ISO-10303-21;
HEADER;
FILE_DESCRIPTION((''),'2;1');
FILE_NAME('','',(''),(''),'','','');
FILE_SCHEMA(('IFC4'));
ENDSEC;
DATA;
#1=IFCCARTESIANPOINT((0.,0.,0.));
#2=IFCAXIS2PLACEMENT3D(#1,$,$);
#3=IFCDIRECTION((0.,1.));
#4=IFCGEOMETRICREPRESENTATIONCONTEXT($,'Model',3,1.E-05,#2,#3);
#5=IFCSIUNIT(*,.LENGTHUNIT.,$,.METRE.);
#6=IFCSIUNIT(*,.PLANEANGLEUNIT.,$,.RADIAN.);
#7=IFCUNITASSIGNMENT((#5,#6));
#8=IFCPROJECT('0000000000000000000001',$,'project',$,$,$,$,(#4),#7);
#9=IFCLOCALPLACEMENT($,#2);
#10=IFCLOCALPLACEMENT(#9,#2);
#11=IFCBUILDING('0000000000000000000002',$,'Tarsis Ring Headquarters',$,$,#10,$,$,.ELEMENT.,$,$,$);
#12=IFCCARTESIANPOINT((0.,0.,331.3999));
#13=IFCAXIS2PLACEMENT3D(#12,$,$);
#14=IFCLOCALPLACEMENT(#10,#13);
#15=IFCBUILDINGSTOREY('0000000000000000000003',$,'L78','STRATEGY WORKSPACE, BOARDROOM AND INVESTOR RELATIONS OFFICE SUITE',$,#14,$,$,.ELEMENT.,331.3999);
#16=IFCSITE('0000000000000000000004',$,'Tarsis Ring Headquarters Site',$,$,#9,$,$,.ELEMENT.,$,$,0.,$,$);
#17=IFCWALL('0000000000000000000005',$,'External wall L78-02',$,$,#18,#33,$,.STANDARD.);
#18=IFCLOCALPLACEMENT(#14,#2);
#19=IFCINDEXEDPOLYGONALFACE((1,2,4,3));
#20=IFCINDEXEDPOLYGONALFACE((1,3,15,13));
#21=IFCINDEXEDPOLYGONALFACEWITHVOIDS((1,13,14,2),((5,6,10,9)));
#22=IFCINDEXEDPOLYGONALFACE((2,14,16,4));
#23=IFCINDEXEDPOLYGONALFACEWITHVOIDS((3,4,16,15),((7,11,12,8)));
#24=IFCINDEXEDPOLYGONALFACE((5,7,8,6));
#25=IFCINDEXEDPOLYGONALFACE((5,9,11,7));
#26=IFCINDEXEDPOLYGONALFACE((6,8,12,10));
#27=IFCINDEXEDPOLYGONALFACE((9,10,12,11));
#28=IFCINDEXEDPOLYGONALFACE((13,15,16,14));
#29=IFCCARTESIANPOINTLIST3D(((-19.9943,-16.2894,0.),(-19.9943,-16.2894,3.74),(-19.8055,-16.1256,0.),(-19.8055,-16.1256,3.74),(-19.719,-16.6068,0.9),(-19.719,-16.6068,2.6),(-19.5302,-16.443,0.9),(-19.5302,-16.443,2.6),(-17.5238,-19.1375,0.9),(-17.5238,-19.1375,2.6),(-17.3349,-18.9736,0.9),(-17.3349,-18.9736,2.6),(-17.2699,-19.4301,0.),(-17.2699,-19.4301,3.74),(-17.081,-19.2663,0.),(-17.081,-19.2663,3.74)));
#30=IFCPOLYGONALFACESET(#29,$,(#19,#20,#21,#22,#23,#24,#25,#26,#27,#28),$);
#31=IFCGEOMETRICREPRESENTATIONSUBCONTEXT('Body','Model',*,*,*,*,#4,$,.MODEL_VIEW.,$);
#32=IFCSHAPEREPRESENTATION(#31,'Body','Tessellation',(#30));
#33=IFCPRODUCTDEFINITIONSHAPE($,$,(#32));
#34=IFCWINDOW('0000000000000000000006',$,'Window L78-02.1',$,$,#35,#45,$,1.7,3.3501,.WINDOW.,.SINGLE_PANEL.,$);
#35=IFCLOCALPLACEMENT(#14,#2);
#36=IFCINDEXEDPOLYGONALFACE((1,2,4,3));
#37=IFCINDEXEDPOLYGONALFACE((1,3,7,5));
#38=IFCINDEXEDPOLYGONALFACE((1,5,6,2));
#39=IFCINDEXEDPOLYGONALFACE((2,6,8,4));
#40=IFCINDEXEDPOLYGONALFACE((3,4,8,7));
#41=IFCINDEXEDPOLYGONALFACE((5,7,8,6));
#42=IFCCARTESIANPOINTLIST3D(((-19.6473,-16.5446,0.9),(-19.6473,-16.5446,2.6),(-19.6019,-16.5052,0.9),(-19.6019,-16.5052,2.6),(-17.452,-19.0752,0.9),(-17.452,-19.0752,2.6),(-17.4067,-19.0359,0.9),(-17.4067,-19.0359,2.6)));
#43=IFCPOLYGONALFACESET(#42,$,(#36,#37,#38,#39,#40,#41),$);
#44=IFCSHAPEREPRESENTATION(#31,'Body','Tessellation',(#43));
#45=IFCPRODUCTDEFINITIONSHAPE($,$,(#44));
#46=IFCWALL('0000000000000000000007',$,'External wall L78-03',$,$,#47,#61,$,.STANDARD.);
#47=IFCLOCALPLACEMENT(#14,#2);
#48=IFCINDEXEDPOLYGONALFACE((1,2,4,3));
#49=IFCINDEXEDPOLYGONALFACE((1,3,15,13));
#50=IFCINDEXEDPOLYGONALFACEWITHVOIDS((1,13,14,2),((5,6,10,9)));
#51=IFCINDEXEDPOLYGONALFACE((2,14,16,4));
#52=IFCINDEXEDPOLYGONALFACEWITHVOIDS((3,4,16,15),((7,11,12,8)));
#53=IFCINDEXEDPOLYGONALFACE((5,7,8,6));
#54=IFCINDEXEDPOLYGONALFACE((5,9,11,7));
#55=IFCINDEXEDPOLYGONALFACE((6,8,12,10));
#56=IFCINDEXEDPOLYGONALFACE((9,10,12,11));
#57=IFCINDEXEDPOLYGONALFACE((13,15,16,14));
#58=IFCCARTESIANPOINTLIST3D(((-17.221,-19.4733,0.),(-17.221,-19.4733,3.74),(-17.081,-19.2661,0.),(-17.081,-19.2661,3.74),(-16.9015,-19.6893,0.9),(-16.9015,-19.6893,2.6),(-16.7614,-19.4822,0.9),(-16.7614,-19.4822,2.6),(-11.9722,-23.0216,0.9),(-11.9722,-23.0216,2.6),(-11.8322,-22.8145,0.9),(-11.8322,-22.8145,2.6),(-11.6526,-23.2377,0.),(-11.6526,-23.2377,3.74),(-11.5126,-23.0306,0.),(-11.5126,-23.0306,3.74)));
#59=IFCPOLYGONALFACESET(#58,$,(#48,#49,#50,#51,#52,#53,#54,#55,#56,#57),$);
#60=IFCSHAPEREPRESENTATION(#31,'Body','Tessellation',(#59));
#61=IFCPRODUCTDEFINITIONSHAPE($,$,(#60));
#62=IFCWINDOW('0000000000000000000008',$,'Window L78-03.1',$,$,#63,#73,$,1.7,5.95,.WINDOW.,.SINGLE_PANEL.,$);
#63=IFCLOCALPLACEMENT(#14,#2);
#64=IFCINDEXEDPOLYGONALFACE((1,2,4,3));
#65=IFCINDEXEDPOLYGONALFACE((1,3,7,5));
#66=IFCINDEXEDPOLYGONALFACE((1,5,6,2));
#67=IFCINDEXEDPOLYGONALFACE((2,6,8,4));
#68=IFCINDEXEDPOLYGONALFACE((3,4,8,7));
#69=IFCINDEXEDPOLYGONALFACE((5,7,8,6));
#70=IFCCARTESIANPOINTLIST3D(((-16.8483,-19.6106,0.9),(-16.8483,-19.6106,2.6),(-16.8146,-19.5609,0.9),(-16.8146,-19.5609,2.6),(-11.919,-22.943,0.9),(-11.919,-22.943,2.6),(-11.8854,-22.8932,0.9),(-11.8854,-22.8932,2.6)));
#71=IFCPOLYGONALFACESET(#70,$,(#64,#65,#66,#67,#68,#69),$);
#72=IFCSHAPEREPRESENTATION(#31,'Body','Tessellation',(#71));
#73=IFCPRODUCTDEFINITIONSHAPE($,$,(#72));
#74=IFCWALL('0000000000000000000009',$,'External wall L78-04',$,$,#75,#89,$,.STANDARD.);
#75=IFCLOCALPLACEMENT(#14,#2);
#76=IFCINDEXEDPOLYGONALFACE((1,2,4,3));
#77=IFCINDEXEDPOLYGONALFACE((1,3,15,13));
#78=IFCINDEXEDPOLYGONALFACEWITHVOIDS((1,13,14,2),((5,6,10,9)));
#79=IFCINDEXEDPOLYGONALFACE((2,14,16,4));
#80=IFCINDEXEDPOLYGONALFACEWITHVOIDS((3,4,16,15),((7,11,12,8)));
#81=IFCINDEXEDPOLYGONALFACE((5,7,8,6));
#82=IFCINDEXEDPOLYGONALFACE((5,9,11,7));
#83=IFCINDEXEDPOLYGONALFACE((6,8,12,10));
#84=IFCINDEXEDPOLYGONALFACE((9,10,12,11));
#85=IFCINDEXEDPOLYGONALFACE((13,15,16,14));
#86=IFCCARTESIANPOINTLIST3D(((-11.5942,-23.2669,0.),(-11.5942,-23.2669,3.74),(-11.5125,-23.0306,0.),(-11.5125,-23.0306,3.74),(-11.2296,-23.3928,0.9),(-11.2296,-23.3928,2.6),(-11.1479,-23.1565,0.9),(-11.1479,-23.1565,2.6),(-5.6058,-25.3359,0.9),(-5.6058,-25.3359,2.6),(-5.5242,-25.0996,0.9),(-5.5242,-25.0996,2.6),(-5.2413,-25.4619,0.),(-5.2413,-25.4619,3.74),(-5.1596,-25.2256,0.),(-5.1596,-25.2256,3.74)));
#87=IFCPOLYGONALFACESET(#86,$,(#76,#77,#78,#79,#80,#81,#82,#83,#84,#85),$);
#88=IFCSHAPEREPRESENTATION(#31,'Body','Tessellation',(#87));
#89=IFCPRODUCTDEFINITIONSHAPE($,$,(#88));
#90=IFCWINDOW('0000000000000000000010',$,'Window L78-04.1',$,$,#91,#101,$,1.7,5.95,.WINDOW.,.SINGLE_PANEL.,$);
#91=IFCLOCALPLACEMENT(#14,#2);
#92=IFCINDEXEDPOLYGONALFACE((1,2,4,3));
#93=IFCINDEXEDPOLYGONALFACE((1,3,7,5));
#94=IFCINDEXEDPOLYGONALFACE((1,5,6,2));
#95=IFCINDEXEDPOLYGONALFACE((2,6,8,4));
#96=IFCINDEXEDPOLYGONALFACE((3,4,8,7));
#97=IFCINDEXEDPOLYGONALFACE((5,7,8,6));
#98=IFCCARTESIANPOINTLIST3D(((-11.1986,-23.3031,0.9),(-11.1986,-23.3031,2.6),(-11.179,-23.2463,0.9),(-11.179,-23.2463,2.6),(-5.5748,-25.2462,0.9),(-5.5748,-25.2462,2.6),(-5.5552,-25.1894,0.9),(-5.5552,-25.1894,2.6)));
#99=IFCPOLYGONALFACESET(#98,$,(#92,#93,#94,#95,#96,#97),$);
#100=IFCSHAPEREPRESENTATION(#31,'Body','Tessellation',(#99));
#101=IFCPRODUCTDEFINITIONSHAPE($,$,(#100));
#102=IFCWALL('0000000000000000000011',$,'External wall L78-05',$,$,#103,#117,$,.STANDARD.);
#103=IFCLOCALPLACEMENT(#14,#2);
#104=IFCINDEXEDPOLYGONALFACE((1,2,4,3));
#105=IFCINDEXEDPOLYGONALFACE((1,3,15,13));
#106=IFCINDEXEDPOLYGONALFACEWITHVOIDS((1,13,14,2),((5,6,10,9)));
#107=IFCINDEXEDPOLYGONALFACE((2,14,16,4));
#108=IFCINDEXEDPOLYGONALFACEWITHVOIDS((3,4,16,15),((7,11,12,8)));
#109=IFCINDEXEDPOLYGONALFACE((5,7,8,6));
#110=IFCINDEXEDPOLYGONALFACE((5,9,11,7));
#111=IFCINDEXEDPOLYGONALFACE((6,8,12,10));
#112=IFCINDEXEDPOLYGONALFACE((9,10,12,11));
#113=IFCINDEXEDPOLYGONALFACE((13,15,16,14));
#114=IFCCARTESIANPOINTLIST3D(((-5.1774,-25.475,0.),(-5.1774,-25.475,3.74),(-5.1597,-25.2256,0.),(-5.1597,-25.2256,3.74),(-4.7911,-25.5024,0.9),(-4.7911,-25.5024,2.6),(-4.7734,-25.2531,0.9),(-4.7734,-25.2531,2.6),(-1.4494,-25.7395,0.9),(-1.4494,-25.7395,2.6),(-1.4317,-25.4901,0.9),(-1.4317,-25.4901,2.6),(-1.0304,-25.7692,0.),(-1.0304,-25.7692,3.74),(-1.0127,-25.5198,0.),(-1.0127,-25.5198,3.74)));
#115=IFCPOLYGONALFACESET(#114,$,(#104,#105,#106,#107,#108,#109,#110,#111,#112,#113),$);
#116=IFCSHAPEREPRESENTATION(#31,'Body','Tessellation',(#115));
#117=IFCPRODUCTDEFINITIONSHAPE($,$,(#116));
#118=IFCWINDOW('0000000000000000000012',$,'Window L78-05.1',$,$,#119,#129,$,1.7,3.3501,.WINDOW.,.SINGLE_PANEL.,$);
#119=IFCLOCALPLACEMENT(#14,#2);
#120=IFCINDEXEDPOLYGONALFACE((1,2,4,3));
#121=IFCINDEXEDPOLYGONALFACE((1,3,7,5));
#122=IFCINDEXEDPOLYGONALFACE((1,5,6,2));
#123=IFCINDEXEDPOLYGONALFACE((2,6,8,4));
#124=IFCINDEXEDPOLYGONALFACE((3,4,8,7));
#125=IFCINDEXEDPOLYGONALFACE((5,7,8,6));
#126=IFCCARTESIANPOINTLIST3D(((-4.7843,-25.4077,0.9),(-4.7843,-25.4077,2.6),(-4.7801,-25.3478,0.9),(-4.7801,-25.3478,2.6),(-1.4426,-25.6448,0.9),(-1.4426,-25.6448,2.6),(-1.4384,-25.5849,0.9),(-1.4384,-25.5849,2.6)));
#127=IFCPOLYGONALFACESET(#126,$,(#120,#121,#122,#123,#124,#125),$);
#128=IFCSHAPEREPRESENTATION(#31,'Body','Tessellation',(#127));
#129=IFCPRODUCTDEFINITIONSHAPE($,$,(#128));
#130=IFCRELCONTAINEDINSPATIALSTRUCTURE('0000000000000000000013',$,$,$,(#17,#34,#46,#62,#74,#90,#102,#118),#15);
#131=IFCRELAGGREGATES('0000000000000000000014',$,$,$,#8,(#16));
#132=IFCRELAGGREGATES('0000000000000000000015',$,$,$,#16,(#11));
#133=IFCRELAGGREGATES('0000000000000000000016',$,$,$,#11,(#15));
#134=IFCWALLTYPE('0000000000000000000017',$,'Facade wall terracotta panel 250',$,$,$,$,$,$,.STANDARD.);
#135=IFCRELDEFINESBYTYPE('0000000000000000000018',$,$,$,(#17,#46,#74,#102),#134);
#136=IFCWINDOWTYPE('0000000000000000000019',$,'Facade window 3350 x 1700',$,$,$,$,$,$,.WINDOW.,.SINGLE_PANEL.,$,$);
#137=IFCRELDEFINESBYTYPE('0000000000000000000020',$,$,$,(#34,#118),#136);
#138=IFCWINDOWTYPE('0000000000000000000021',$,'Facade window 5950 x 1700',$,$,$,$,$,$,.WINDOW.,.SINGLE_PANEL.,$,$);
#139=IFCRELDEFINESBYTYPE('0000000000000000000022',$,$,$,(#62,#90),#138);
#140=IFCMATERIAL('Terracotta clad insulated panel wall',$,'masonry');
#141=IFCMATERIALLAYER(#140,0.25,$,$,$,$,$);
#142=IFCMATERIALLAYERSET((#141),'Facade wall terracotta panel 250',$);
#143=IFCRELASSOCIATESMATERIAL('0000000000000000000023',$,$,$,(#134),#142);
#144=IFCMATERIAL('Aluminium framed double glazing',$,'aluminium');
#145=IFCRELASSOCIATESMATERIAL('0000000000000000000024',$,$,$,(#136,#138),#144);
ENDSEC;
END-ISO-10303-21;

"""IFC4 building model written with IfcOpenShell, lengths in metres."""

from ifc_helpers import new_model, si_unit, direction, frame, frame_2d, origin, place, context, subcontext, project, spatial, rectangle, extrude, material, layer, layer_set, type_object, element, fill, save


model = new_model("IFC4")

# Units and contexts
model_context = context("Model", 3, precision=1e-05, world=origin(), true_north=direction((0.0, 1.0)))
body_context = subcontext(model_context, "Body", "Model", "MODEL_VIEW")
ifc_project = project(units=[si_unit("LENGTHUNIT", "METRE"), si_unit("PLANEANGLEUNIT", "RADIAN")], contexts=[model_context])

# Site, building, storey
site_placement = place(None, origin())
site = spatial("IfcSite", under=ifc_project, at=site_placement, Name="Tarsis Ring Headquarters Site", CompositionType="ELEMENT", RefElevation=0.0)
building_placement = place(site_placement, origin())
building = spatial("IfcBuilding", under=site, at=building_placement, Name="Tarsis Ring Headquarters", CompositionType="ELEMENT")
storey_placement = place(building_placement, frame((0.0, 0.0, 331.3999)))
storey = spatial("IfcBuildingStorey", under=building, at=storey_placement, Name="L78", Description="STRATEGY WORKSPACE, BOARDROOM AND INVESTOR RELATIONS OFFICE SUITE", CompositionType="ELEMENT", Elevation=331.3999)

# Walls, openings, windows
ifc_material_1 = material(Name="Terracotta clad insulated panel wall", Category="masonry")
ifc_layer_1 = layer(ifc_material_1, 0.25)
ifc_layer_set_1 = layer_set([ifc_layer_1], Name="Facade wall terracotta panel 250")
wall_type_1 = type_object("IfcWallType", Name="Facade wall terracotta panel 250", PredefinedType="STANDARD", material=ifc_layer_set_1)
wall_1_placement = place(storey_placement, frame((-19.8999, -16.2075, 0.0), z_axis=(0.0, 0.0, 1.0), x_axis=(0.655273, -0.755393, 0.0)))
wall_1 = element("IfcWall", 1, at=wall_1_placement, inside=storey, type_object=wall_type_1, Name="External wall L78-02", PredefinedType="STANDARD", context=body_context, shape_type="SweptSolid", body=[
    extrude(rectangle(XDim=4.1577, YDim=0.25, at=frame_2d((2.0789, 0.0))), origin(), (0.0, 0.0, 1.0), 3.74),
])
opening_1_placement = place(wall_1_placement, frame((0.4202, 0.0, 0.8999)))
opening_1 = element("IfcOpeningElement", 2, at=opening_1_placement, cuts=wall_1, PredefinedType="OPENING", context=body_context, shape_type="SweptSolid", body=[
    extrude(rectangle(XDim=3.3501, YDim=1.7, at=frame_2d((1.675, 0.8501))), frame((0.0, 0.135, 0.0), z_axis=(0.0, -1.0, 0.0), x_axis=(1.0, 0.0, 0.0)), (0.0, 0.0, 1.0), 0.27),
])
ifc_material_2 = material(Name="Aluminium framed double glazing", Category="aluminium")
window_type_1 = type_object("IfcWindowType", Name="Facade window 3350 x 1700", PartitioningType="SINGLE_PANEL", PredefinedType="WINDOW", material=ifc_material_2)
window_1_placement = place(opening_1_placement, origin())
window_1 = element("IfcWindow", 3, at=window_1_placement, inside=storey, type_object=window_type_1, Name="Window L78-02.1", OverallHeight=1.7, OverallWidth=3.3501, PartitioningType="SINGLE_PANEL", PredefinedType="WINDOW", context=body_context, shape_type="SweptSolid", body=[
    extrude(rectangle(XDim=3.3501, YDim=1.7, at=frame_2d((1.675, 0.8501))), frame((0.0, 0.03, 0.0), z_axis=(0.0, -1.0, 0.0), x_axis=(1.0, 0.0, 0.0)), (0.0, 0.0, 1.0), 0.0601),
])
fill(opening_1, window_1)
wall_2_placement = place(storey_placement, frame((-17.1511, -19.3696, 0.0), z_axis=(0.0, 0.0, 1.0), x_axis=(0.828451, -0.560062, 0.0)))
wall_2 = element("IfcWall", 4, at=wall_2_placement, inside=storey, type_object=wall_type_1, Name="External wall L78-03", PredefinedType="STANDARD", context=body_context, shape_type="SweptSolid", body=[
    extrude(rectangle(XDim=6.7214, YDim=0.25, at=frame_2d((3.3608, 0.0))), origin(), (0.0, 0.0, 1.0), 3.74),
])
opening_2_placement = place(wall_2_placement, frame((0.3857, 0.0, 0.8999)))
opening_2 = element("IfcOpeningElement", 5, at=opening_2_placement, cuts=wall_2, PredefinedType="OPENING", context=body_context, shape_type="SweptSolid", body=[
    extrude(rectangle(XDim=5.95, YDim=1.7, at=frame_2d((2.9751, 0.8501))), frame((0.0, 0.135, 0.0), z_axis=(0.0, -1.0, 0.0), x_axis=(1.0, 0.0, 0.0)), (0.0, 0.0, 1.0), 0.27),
])
window_type_2 = type_object("IfcWindowType", Name="Facade window 5950 x 1700", PartitioningType="SINGLE_PANEL", PredefinedType="WINDOW", material=ifc_material_2)
window_2_placement = place(opening_2_placement, origin())
window_2 = element("IfcWindow", 6, at=window_2_placement, inside=storey, type_object=window_type_2, Name="Window L78-03.1", OverallHeight=1.7, OverallWidth=5.95, PartitioningType="SINGLE_PANEL", PredefinedType="WINDOW", context=body_context, shape_type="SweptSolid", body=[
    extrude(rectangle(XDim=5.95, YDim=1.7, at=frame_2d((2.9751, 0.8501))), frame((0.0, 0.03, 0.0), z_axis=(0.0, -1.0, 0.0), x_axis=(1.0, 0.0, 0.0)), (0.0, 0.0, 1.0), 0.0601),
])
fill(opening_2, window_2)
wall_3_placement = place(storey_placement, frame((-11.5535, -23.1487, 0.0), z_axis=(0.0, 0.0, 1.0), x_axis=(0.945172, -0.326572, 0.0)))
wall_3 = element("IfcWall", 7, at=wall_3_placement, inside=storey, type_object=wall_type_1, Name="External wall L78-04", PredefinedType="STANDARD", context=body_context, shape_type="SweptSolid", body=[
    extrude(rectangle(XDim=6.7214, YDim=0.25, at=frame_2d((3.3608, 0.0))), origin(), (0.0, 0.0, 1.0), 3.74),
])
opening_3_placement = place(wall_3_placement, frame((0.3857, 0.0, 0.8999)))
opening_3 = element("IfcOpeningElement", 8, at=opening_3_placement, cuts=wall_3, PredefinedType="OPENING", context=body_context, shape_type="SweptSolid", body=[
    extrude(rectangle(XDim=5.95, YDim=1.7, at=frame_2d((2.9751, 0.8501))), frame((0.0, 0.135, 0.0), z_axis=(0.0, -1.0, 0.0), x_axis=(1.0, 0.0, 0.0)), (0.0, 0.0, 1.0), 0.27),
])
window_3_placement = place(opening_3_placement, origin())
window_3 = element("IfcWindow", 9, at=window_3_placement, inside=storey, type_object=window_type_2, Name="Window L78-04.1", OverallHeight=1.7, OverallWidth=5.95, PartitioningType="SINGLE_PANEL", PredefinedType="WINDOW", context=body_context, shape_type="SweptSolid", body=[
    extrude(rectangle(XDim=5.95, YDim=1.7, at=frame_2d((2.9751, 0.8501))), frame((0.0, 0.03, 0.0), z_axis=(0.0, -1.0, 0.0), x_axis=(1.0, 0.0, 0.0)), (0.0, 0.0, 1.0), 0.0601),
])
fill(opening_3, window_3)
wall_4_placement = place(storey_placement, frame((-5.1685, -25.3503, 0.0), z_axis=(0.0, 0.0, 1.0), x_axis=(0.997493, -0.070763, 0.0)))
wall_4 = element("IfcWall", 10, at=wall_4_placement, inside=storey, type_object=wall_type_1, Name="External wall L78-05", PredefinedType="STANDARD", context=body_context, shape_type="SweptSolid", body=[
    extrude(rectangle(XDim=4.1575, YDim=0.25, at=frame_2d((2.0786, 0.0))), origin(), (0.0, 0.0, 1.0), 3.74),
])
opening_4_placement = place(wall_4_placement, frame((0.3872, 0.0, 0.8999)))
opening_4 = element("IfcOpeningElement", 11, at=opening_4_placement, cuts=wall_4, PredefinedType="OPENING", context=body_context, shape_type="SweptSolid", body=[
    extrude(rectangle(XDim=3.3501, YDim=1.7, at=frame_2d((1.675, 0.8501))), frame((0.0, 0.135, 0.0), z_axis=(0.0, -1.0, 0.0), x_axis=(1.0, 0.0, 0.0)), (0.0, 0.0, 1.0), 0.27),
])
window_4_placement = place(opening_4_placement, origin())
window_4 = element("IfcWindow", 12, at=window_4_placement, inside=storey, type_object=window_type_1, Name="Window L78-05.1", OverallHeight=1.7, OverallWidth=3.3501, PartitioningType="SINGLE_PANEL", PredefinedType="WINDOW", context=body_context, shape_type="SweptSolid", body=[
    extrude(rectangle(XDim=3.3501, YDim=1.7, at=frame_2d((1.675, 0.8501))), frame((0.0, 0.03, 0.0), z_axis=(0.0, -1.0, 0.0), x_axis=(1.0, 0.0, 0.0)), (0.0, 0.0, 1.0), 0.0601),
])
fill(opening_4, window_4)

save(model, "model.ifc")
